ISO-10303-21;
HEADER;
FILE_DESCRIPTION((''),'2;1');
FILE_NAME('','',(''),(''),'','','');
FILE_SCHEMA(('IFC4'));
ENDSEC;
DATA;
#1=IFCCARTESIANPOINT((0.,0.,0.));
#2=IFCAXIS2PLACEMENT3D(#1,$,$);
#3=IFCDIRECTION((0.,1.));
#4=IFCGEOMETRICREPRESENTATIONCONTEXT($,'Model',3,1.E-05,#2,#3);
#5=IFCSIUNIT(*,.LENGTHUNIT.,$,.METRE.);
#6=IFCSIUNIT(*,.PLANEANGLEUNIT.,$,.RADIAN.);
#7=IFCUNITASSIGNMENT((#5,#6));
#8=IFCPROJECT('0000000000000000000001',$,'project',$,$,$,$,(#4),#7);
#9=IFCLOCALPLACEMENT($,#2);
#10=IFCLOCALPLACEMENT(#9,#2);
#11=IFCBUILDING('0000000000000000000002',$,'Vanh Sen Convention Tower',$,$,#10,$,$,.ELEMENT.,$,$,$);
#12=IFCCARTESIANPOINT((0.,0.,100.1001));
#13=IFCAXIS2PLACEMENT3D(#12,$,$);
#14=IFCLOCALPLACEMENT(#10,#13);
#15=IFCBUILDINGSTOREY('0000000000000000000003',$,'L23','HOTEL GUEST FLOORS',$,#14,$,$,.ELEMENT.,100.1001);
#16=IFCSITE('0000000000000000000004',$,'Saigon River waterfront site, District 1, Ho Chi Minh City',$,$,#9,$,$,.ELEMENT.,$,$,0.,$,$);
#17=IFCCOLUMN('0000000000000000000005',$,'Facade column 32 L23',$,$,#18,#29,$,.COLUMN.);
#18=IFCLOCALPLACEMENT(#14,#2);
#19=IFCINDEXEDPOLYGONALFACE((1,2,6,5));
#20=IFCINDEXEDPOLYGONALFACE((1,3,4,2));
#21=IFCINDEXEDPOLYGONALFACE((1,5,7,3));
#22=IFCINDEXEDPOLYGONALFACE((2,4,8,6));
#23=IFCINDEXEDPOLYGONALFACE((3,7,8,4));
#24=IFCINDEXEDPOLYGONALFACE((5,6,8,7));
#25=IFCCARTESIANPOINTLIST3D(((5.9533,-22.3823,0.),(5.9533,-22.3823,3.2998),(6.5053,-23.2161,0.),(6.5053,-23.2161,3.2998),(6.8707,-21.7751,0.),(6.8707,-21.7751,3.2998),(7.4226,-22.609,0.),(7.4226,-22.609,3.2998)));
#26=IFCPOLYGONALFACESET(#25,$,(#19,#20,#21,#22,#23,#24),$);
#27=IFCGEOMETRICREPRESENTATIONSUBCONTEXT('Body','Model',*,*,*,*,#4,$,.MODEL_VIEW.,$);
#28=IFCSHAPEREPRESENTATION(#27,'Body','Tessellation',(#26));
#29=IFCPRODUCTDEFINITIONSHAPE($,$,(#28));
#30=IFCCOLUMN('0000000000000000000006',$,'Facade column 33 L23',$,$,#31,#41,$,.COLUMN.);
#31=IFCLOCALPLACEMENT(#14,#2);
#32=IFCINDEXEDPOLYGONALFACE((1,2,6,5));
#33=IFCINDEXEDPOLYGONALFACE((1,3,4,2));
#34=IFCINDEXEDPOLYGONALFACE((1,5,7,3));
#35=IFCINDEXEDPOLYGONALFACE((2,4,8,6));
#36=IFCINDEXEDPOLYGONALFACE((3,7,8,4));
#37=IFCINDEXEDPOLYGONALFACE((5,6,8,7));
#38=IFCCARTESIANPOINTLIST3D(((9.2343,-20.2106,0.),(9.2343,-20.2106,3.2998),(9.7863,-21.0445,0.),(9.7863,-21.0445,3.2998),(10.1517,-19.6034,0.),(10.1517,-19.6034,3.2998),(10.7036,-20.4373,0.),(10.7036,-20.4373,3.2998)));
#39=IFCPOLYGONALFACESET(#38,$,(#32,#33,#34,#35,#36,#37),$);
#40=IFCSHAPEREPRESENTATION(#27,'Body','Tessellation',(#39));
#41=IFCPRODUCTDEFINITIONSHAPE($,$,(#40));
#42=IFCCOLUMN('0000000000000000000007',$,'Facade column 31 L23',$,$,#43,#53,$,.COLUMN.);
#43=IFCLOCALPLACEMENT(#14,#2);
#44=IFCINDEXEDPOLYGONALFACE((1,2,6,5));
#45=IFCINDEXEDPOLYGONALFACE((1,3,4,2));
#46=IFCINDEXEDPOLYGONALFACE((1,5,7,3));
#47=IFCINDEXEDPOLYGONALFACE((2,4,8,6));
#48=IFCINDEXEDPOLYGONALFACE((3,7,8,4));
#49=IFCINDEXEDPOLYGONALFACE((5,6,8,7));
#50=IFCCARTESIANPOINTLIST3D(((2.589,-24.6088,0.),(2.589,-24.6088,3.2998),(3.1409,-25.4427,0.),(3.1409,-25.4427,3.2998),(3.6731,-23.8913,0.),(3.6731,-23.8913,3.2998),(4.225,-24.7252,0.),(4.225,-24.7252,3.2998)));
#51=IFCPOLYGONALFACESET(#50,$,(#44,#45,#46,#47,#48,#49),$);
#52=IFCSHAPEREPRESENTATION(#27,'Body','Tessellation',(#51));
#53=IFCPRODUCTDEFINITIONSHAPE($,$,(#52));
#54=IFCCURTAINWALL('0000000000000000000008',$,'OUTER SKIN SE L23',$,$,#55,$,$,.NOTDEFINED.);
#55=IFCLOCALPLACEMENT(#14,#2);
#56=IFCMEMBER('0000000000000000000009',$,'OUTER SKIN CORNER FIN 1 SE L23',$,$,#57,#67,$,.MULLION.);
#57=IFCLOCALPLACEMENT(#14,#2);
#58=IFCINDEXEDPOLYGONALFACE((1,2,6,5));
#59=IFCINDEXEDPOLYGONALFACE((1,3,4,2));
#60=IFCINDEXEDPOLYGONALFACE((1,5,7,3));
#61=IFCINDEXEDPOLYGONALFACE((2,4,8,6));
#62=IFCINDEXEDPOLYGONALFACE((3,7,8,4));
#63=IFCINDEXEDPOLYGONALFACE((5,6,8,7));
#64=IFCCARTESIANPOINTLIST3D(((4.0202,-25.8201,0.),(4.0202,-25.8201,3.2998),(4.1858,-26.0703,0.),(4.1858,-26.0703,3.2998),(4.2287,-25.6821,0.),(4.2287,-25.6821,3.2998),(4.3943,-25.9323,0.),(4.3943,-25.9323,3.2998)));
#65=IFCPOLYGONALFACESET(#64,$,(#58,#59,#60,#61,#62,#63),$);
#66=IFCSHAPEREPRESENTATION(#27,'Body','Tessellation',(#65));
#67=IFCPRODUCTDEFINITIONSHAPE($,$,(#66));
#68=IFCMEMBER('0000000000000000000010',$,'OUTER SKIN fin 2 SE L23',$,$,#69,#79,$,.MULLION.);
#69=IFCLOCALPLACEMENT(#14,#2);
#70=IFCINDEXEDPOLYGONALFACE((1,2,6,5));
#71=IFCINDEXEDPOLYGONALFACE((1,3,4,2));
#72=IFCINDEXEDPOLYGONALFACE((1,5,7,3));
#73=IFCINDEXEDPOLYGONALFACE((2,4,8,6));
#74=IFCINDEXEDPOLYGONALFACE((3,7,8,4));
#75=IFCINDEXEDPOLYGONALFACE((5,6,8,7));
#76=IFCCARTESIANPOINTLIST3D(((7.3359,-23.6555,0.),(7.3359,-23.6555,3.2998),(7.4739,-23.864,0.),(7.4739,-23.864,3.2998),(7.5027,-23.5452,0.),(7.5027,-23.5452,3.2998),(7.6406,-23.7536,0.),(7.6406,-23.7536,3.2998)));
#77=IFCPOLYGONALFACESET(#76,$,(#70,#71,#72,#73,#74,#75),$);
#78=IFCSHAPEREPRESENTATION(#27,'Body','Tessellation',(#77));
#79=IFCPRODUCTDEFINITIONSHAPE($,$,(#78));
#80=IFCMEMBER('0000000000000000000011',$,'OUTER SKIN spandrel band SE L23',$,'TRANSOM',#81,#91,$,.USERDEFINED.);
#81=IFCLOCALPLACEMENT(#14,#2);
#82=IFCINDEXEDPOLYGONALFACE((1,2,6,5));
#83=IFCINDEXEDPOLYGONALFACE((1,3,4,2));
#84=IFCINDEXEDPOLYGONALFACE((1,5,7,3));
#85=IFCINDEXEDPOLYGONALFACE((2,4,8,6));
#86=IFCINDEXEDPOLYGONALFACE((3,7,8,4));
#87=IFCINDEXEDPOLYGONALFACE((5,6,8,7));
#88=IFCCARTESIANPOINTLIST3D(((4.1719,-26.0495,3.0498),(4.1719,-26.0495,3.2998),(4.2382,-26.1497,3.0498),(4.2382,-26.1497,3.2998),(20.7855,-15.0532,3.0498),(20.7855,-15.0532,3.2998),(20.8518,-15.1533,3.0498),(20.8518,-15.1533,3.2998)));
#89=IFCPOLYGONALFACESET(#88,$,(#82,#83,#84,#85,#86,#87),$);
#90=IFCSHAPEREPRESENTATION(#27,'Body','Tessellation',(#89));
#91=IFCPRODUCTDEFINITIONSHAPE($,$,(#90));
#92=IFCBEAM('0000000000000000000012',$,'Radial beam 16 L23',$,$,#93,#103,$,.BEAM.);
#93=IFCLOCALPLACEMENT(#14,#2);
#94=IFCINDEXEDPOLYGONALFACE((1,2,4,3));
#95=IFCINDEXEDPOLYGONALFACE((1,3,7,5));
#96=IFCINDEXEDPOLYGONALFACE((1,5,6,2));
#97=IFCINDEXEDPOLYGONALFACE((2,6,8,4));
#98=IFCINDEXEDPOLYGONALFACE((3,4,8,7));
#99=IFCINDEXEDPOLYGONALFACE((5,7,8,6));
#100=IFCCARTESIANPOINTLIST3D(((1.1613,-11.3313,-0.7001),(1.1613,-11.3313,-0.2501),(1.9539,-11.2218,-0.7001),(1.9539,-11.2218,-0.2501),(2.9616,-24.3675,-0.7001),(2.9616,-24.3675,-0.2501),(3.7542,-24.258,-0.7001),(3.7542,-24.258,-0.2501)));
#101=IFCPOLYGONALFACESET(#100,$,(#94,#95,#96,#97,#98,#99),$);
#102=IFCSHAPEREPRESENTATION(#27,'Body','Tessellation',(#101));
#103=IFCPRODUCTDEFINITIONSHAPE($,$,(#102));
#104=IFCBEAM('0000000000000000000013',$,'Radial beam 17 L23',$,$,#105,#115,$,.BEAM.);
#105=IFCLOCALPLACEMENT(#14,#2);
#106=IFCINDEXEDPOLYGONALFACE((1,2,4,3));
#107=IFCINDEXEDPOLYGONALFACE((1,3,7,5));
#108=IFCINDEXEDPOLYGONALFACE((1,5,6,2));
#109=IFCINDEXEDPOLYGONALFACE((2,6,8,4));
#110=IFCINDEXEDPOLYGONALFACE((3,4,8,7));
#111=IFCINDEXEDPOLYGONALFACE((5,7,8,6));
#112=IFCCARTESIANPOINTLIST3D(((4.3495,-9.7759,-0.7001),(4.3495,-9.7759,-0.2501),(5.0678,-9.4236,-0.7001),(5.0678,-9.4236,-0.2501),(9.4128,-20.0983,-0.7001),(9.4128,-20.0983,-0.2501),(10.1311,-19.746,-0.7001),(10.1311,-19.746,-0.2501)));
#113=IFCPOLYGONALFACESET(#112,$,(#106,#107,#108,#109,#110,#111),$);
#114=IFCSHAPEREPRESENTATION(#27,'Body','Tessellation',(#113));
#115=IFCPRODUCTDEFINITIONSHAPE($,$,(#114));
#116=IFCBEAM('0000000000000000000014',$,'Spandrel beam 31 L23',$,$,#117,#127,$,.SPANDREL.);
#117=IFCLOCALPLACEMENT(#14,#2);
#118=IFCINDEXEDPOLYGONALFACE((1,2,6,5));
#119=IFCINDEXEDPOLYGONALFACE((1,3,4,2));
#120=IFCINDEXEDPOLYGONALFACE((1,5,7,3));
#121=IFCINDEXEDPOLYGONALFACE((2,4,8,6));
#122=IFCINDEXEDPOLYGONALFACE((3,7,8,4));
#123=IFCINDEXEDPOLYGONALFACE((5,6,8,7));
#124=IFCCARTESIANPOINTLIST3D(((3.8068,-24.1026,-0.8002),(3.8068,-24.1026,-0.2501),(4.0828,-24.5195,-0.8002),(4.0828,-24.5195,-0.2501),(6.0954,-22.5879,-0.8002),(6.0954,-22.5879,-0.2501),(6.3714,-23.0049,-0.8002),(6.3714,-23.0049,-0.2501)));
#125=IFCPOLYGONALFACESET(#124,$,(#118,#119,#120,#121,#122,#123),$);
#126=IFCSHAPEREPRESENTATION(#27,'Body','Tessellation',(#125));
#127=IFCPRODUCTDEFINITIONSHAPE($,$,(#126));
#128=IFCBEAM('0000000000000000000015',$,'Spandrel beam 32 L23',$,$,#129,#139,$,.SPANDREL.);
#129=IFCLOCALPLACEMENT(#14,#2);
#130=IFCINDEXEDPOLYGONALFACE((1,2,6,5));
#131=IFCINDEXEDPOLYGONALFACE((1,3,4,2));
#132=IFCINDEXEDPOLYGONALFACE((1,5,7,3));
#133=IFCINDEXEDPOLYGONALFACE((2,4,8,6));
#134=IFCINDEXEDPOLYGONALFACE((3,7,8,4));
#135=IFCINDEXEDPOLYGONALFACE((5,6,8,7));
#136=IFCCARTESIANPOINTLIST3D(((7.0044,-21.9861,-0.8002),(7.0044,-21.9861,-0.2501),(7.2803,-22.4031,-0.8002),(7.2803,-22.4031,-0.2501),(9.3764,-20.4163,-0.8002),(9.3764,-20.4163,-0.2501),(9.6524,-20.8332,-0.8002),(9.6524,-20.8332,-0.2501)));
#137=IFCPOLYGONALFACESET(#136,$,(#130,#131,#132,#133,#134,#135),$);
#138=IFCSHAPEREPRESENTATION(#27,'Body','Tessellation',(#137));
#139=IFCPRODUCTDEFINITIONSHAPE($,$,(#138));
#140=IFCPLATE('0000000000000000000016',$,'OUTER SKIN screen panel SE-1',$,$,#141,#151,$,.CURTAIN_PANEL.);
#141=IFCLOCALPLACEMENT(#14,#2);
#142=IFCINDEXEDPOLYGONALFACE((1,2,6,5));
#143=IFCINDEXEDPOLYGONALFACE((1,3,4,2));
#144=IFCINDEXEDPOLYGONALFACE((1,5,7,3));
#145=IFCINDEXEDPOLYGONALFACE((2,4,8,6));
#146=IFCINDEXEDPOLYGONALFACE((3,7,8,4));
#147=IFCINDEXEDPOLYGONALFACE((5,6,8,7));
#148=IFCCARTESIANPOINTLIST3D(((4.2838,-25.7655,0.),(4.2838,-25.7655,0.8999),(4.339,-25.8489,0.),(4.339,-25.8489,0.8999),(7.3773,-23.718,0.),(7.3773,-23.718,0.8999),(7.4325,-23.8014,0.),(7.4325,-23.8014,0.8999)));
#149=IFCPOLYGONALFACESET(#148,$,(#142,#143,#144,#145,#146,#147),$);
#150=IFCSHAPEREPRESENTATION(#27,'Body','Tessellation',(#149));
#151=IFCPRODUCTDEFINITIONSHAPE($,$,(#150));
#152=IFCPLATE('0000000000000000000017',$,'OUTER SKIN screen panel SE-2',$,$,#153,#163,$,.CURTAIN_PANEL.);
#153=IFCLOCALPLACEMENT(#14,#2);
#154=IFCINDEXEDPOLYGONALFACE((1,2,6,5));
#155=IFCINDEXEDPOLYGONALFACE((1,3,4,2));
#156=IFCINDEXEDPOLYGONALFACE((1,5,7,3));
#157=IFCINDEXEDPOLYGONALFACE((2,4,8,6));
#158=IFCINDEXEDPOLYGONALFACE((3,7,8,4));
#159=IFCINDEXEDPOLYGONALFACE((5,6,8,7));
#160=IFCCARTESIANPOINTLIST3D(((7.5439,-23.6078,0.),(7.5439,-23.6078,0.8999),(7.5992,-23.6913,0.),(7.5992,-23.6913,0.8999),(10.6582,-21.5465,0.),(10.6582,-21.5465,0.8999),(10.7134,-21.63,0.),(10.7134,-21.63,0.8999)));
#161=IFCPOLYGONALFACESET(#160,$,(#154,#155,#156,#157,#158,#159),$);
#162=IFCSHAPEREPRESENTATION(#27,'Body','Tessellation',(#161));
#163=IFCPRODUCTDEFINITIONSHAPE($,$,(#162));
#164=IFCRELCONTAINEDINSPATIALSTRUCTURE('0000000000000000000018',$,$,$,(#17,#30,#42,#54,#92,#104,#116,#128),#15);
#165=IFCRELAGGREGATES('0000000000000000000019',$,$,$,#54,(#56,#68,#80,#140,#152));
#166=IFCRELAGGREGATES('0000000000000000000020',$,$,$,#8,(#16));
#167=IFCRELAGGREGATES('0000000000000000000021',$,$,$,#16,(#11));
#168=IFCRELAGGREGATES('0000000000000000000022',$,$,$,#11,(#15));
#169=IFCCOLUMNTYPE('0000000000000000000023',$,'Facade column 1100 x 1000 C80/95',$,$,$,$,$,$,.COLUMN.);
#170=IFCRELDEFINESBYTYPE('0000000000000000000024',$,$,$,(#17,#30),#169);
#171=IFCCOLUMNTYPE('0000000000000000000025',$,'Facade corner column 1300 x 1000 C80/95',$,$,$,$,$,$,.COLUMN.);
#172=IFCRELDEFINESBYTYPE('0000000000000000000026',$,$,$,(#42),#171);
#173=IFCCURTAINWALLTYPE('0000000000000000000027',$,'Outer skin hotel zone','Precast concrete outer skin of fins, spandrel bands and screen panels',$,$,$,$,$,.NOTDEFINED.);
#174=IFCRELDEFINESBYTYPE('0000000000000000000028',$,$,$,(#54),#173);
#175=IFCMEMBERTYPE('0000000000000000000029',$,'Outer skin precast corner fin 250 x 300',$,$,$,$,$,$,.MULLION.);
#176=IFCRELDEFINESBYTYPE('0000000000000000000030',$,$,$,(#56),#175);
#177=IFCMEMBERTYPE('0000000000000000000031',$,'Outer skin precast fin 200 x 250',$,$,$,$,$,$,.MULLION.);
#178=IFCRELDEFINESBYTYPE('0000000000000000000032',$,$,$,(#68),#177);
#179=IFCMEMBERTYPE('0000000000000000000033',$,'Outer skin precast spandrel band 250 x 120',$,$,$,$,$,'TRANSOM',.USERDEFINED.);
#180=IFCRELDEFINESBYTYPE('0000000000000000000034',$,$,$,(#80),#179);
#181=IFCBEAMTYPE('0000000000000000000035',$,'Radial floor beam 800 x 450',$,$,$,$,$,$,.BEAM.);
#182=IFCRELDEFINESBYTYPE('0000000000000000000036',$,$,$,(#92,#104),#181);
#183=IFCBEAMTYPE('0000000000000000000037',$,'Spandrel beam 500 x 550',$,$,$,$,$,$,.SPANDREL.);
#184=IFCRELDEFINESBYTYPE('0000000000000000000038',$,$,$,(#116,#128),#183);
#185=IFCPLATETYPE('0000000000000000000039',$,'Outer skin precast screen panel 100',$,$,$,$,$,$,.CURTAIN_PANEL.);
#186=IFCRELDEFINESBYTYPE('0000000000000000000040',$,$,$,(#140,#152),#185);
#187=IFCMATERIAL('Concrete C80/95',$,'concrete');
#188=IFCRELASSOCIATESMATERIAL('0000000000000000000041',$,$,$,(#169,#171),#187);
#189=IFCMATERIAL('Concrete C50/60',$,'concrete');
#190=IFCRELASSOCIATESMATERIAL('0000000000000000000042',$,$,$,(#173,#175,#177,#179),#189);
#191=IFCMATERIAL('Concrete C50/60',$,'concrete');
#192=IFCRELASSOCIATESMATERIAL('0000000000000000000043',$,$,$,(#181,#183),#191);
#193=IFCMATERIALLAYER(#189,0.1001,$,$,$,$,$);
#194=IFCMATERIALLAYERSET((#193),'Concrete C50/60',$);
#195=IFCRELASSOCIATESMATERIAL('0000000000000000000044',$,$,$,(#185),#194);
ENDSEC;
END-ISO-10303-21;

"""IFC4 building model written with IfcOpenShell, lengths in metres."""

from ifc_helpers import new_model, si_unit, direction, frame, origin, origin_2d, place, context, subcontext, project, spatial, rectangle, extrude, material, layer, layer_set, material_profile, profile_set, type_object, element, aggregate, save


model = new_model("IFC4")

# Units and contexts
model_context = context("Model", 3, precision=1e-05, world=origin(), true_north=direction((0.0, 1.0)))
body_context = subcontext(model_context, "Body", "Model", "MODEL_VIEW")
ifc_project = project(units=[si_unit("LENGTHUNIT", "METRE"), si_unit("PLANEANGLEUNIT", "RADIAN")], contexts=[model_context])

# Site, building, storey
site_placement = place(None, origin())
site = spatial("IfcSite", under=ifc_project, at=site_placement, Name="Saigon River waterfront site, District 1, Ho Chi Minh City", CompositionType="ELEMENT", RefElevation=0.0)
building_placement = place(site_placement, origin())
building = spatial("IfcBuilding", under=site, at=building_placement, Name="Vanh Sen Convention Tower", CompositionType="ELEMENT")
storey_placement = place(building_placement, frame((0.0, 0.0, 100.1001)))
storey = spatial("IfcBuildingStorey", under=building, at=storey_placement, Name="L23", Description="HOTEL GUEST FLOORS", CompositionType="ELEMENT", Elevation=100.1001)

# Columns
ifc_material_1 = material(Name="Concrete C80/95", Category="concrete")
ifc_material_profile_1 = material_profile(ifc_material_1, rectangle(XDim=1.1001, YDim=1.0, at=origin_2d()), Name="RC 1100X1000")
ifc_profile_set_1 = profile_set([ifc_material_profile_1], Name="Concrete C80/95")
column_type_1 = type_object("IfcColumnType", Name="Facade column 1100 x 1000 C80/95", PredefinedType="COLUMN", material=ifc_profile_set_1)
for number, where, z_axis, x_axis, name in (
    (1, (6.688, -22.4956, 0.0), (0.0, 0.0, 1.0), (0.833886, 0.551937, 0.0), "Facade column 32 L23"),
    (2, (9.969, -20.324, 0.0), (0.0, 0.0, 1.0), (0.833886, 0.551937, 0.0), "Facade column 33 L23"),
):
    element("IfcColumn", number, at=place(storey_placement, frame(where, z_axis=z_axis, x_axis=x_axis)), inside=storey, type_object=column_type_1, Name=name, PredefinedType="COLUMN", context=body_context, shape_type="SweptSolid", body=[
        extrude(rectangle(XDim=1.1001, YDim=1.0, at=origin_2d()), origin(), (0.0, 0.0, 1.0), 3.2998),
    ])
ifc_material_profile_2 = material_profile(ifc_material_1, rectangle(XDim=1.3, YDim=1.0, at=origin_2d()), Name="RC 1300X1000")
ifc_profile_set_2 = profile_set([ifc_material_profile_2], Name="Concrete C80/95")
column_type_2 = type_object("IfcColumnType", Name="Facade corner column 1300 x 1000 C80/95", PredefinedType="COLUMN", material=ifc_profile_set_2)
column_placement = place(storey_placement, frame((3.407, -24.667, 0.0), z_axis=(0.0, 0.0, 1.0), x_axis=(0.833886, 0.551937, 0.0)))
element("IfcColumn", 3, at=column_placement, inside=storey, type_object=column_type_2, Name="Facade column 31 L23", PredefinedType="COLUMN", context=body_context, shape_type="SweptSolid", body=[
    extrude(rectangle(XDim=1.3, YDim=1.0, at=origin_2d()), origin(), (0.0, 0.0, 1.0), 3.2998),
])

# Curtain wall, members
ifc_material_2 = material(Name="Concrete C50/60", Category="concrete")
curtain_wall_type = type_object("IfcCurtainWallType", Name="Outer skin hotel zone", Description="Precast concrete outer skin of fins, spandrel bands and screen panels", PredefinedType="NOTDEFINED", material=ifc_material_2)
curtain_wall_placement = place(storey_placement, origin())
curtain_wall = element("IfcCurtainWall", 4, at=curtain_wall_placement, inside=storey, type_object=curtain_wall_type, Name="OUTER SKIN SE L23", PredefinedType="NOTDEFINED")
ifc_material_profile_3 = material_profile(ifc_material_2, rectangle(XDim=0.25, YDim=0.3, at=origin_2d()), Name="Outer skin precast corner fin 250 x 300")
ifc_profile_set_3 = profile_set([ifc_material_profile_3], Name="Concrete C50/60")
member_type_1 = type_object("IfcMemberType", Name="Outer skin precast corner fin 250 x 300", PredefinedType="MULLION", material=ifc_profile_set_3)
member_1_placement = place(storey_placement, frame((4.2073, -25.8762, 0.0), z_axis=(0.0, 0.0, 1.0), x_axis=(0.833886, 0.551937, 0.0)))
member_1 = element("IfcMember", 5, at=member_1_placement, type_object=member_type_1, Name="OUTER SKIN CORNER FIN 1 SE L23", PredefinedType="MULLION", context=body_context, shape_type="SweptSolid", body=[
    extrude(rectangle(XDim=0.25, YDim=0.3, at=origin_2d()), origin(), (0.0, 0.0, 1.0), 3.2998),
])
ifc_material_profile_4 = material_profile(ifc_material_2, rectangle(XDim=0.2, YDim=0.25, at=origin_2d()), Name="Outer skin precast fin 200 x 250")
ifc_profile_set_4 = profile_set([ifc_material_profile_4], Name="Concrete C50/60")
member_type_2 = type_object("IfcMemberType", Name="Outer skin precast fin 200 x 250", PredefinedType="MULLION", material=ifc_profile_set_4)
member_2_placement = place(storey_placement, frame((7.4883, -23.7046, 0.0), z_axis=(0.0, 0.0, 1.0), x_axis=(0.833886, 0.551937, 0.0)))
member_2 = element("IfcMember", 6, at=member_2_placement, type_object=member_type_2, Name="OUTER SKIN fin 2 SE L23", PredefinedType="MULLION", context=body_context, shape_type="SweptSolid", body=[
    extrude(rectangle(XDim=0.2, YDim=0.25, at=origin_2d()), origin(), (0.0, 0.0, 1.0), 3.2998),
])
ifc_material_profile_5 = material_profile(ifc_material_2, rectangle(XDim=0.1201, YDim=0.25, at=origin_2d()), Name="Outer skin precast spandrel band 250 x 120")
ifc_profile_set_5 = profile_set([ifc_material_profile_5], Name="Concrete C50/60")
member_type_3 = type_object("IfcMemberType", Name="Outer skin precast spandrel band 250 x 120", ElementType="TRANSOM", PredefinedType="USERDEFINED", material=ifc_profile_set_5)
member_3_placement = place(storey_placement, frame((4.2051, -26.0996, 3.1748), z_axis=(0.833884, 0.55194, 0.0), x_axis=(-0.55194, 0.833884, 0.0)))
member_3 = element("IfcMember", 7, at=member_3_placement, type_object=member_type_3, Name="OUTER SKIN spandrel band SE L23", ObjectType="TRANSOM", PredefinedType="USERDEFINED", context=body_context, shape_type="SweptSolid", body=[
    extrude(rectangle(XDim=0.1201, YDim=0.25, at=origin_2d()), origin(), (0.0, 0.0, 1.0), 19.9231),
])

# Beams
ifc_material_3 = material(Name="Concrete C50/60", Category="concrete")
ifc_material_profile_6 = material_profile(ifc_material_3, rectangle(XDim=0.8, YDim=0.45, at=origin_2d()), Name="RC 800X450")
ifc_profile_set_6 = profile_set([ifc_material_profile_6], Name="Concrete C50/60")
beam_type_1 = type_object("IfcBeamType", Name="Radial floor beam 800 x 450", PredefinedType="BEAM", material=ifc_profile_set_6)
beam_1_placement = place(storey_placement, frame((3.3579, -24.3127, -0.4751), z_axis=(-0.136802, 0.990598, 0.0), x_axis=(-0.990598, -0.136802, 0.0)))
element("IfcBeam", 8, at=beam_1_placement, inside=storey, type_object=beam_type_1, Name="Radial beam 16 L23", PredefinedType="BEAM", context=body_context, shape_type="SweptSolid", body=[
    extrude(rectangle(XDim=0.8, YDim=0.45, at=origin_2d()), origin(), (0.0, 0.0, 1.0), 13.1599),
])
beam_2_placement = place(storey_placement, frame((9.772, -19.9221, -0.4751), z_axis=(-0.440389, 0.897807, 0.0), x_axis=(-0.897807, -0.440389, 0.0)))
element("IfcBeam", 9, at=beam_2_placement, inside=storey, type_object=beam_type_1, Name="Radial beam 17 L23", PredefinedType="BEAM", context=body_context, shape_type="SweptSolid", body=[
    extrude(rectangle(XDim=0.8, YDim=0.45, at=origin_2d()), origin(), (0.0, 0.0, 1.0), 11.4973),
])
ifc_material_profile_7 = material_profile(ifc_material_3, rectangle(XDim=0.5, YDim=0.55, at=origin_2d()), Name="RC 500X550")
ifc_profile_set_7 = profile_set([ifc_material_profile_7], Name="Concrete C50/60")
beam_type_2 = type_object("IfcBeamType", Name="Spandrel beam 500 x 550", PredefinedType="SPANDREL", material=ifc_profile_set_7)
beam_3_placement = place(storey_placement, frame((3.9448, -24.311, -0.5251), z_axis=(0.833907, 0.551905, 0.0), x_axis=(-0.551905, 0.833907, 0.0)))
element("IfcBeam", 10, at=beam_3_placement, inside=storey, type_object=beam_type_2, Name="Spandrel beam 31 L23", PredefinedType="SPANDREL", context=body_context, shape_type="SweptSolid", body=[
    extrude(rectangle(XDim=0.5, YDim=0.55, at=origin_2d()), origin(), (0.0, 0.0, 1.0), 2.7444),
])
beam_4_placement = place(storey_placement, frame((7.1423, -22.1946, -0.5251), z_axis=(0.833921, 0.551884, 0.0), x_axis=(-0.551884, 0.833921, 0.0)))
element("IfcBeam", 11, at=beam_4_placement, inside=storey, type_object=beam_type_2, Name="Spandrel beam 32 L23", PredefinedType="SPANDREL", context=body_context, shape_type="SweptSolid", body=[
    extrude(rectangle(XDim=0.5, YDim=0.55, at=origin_2d()), origin(), (0.0, 0.0, 1.0), 2.8445),
])

# Plates
ifc_layer_1 = layer(ifc_material_2, 0.1001)
ifc_layer_set_1 = layer_set([ifc_layer_1], Name="Concrete C50/60")
plate_type = type_object("IfcPlateType", Name="Outer skin precast screen panel 100", PredefinedType="CURTAIN_PANEL", material=ifc_layer_set_1)
plate_1_placement = place(storey_placement, frame((5.8582, -24.7834, 0.0), z_axis=(0.0, 0.0, 1.0), x_axis=(0.833892, 0.551928, 0.0)))
plate_1 = element("IfcPlate", 12, at=plate_1_placement, type_object=plate_type, Name="OUTER SKIN screen panel SE-1", PredefinedType="CURTAIN_PANEL", context=body_context, shape_type="SweptSolid", body=[
    extrude(rectangle(XDim=3.7097, YDim=0.1001, at=origin_2d()), origin(), (0.0, 0.0, 1.0), 0.8999),
])
plate_2_placement = place(storey_placement, frame((9.1287, -22.6189, 0.0), z_axis=(0.0, 0.0, 1.0), x_axis=(0.833892, 0.551928, 0.0)))
plate_2 = element("IfcPlate", 13, at=plate_2_placement, type_object=plate_type, Name="OUTER SKIN screen panel SE-2", PredefinedType="CURTAIN_PANEL", context=body_context, shape_type="SweptSolid", body=[
    extrude(rectangle(XDim=3.7346, YDim=0.1001, at=origin_2d()), origin(), (0.0, 0.0, 1.0), 0.8999),
])
aggregate(curtain_wall, [member_1, member_2, member_3, plate_1, plate_2])

save(model, "model.ifc")
